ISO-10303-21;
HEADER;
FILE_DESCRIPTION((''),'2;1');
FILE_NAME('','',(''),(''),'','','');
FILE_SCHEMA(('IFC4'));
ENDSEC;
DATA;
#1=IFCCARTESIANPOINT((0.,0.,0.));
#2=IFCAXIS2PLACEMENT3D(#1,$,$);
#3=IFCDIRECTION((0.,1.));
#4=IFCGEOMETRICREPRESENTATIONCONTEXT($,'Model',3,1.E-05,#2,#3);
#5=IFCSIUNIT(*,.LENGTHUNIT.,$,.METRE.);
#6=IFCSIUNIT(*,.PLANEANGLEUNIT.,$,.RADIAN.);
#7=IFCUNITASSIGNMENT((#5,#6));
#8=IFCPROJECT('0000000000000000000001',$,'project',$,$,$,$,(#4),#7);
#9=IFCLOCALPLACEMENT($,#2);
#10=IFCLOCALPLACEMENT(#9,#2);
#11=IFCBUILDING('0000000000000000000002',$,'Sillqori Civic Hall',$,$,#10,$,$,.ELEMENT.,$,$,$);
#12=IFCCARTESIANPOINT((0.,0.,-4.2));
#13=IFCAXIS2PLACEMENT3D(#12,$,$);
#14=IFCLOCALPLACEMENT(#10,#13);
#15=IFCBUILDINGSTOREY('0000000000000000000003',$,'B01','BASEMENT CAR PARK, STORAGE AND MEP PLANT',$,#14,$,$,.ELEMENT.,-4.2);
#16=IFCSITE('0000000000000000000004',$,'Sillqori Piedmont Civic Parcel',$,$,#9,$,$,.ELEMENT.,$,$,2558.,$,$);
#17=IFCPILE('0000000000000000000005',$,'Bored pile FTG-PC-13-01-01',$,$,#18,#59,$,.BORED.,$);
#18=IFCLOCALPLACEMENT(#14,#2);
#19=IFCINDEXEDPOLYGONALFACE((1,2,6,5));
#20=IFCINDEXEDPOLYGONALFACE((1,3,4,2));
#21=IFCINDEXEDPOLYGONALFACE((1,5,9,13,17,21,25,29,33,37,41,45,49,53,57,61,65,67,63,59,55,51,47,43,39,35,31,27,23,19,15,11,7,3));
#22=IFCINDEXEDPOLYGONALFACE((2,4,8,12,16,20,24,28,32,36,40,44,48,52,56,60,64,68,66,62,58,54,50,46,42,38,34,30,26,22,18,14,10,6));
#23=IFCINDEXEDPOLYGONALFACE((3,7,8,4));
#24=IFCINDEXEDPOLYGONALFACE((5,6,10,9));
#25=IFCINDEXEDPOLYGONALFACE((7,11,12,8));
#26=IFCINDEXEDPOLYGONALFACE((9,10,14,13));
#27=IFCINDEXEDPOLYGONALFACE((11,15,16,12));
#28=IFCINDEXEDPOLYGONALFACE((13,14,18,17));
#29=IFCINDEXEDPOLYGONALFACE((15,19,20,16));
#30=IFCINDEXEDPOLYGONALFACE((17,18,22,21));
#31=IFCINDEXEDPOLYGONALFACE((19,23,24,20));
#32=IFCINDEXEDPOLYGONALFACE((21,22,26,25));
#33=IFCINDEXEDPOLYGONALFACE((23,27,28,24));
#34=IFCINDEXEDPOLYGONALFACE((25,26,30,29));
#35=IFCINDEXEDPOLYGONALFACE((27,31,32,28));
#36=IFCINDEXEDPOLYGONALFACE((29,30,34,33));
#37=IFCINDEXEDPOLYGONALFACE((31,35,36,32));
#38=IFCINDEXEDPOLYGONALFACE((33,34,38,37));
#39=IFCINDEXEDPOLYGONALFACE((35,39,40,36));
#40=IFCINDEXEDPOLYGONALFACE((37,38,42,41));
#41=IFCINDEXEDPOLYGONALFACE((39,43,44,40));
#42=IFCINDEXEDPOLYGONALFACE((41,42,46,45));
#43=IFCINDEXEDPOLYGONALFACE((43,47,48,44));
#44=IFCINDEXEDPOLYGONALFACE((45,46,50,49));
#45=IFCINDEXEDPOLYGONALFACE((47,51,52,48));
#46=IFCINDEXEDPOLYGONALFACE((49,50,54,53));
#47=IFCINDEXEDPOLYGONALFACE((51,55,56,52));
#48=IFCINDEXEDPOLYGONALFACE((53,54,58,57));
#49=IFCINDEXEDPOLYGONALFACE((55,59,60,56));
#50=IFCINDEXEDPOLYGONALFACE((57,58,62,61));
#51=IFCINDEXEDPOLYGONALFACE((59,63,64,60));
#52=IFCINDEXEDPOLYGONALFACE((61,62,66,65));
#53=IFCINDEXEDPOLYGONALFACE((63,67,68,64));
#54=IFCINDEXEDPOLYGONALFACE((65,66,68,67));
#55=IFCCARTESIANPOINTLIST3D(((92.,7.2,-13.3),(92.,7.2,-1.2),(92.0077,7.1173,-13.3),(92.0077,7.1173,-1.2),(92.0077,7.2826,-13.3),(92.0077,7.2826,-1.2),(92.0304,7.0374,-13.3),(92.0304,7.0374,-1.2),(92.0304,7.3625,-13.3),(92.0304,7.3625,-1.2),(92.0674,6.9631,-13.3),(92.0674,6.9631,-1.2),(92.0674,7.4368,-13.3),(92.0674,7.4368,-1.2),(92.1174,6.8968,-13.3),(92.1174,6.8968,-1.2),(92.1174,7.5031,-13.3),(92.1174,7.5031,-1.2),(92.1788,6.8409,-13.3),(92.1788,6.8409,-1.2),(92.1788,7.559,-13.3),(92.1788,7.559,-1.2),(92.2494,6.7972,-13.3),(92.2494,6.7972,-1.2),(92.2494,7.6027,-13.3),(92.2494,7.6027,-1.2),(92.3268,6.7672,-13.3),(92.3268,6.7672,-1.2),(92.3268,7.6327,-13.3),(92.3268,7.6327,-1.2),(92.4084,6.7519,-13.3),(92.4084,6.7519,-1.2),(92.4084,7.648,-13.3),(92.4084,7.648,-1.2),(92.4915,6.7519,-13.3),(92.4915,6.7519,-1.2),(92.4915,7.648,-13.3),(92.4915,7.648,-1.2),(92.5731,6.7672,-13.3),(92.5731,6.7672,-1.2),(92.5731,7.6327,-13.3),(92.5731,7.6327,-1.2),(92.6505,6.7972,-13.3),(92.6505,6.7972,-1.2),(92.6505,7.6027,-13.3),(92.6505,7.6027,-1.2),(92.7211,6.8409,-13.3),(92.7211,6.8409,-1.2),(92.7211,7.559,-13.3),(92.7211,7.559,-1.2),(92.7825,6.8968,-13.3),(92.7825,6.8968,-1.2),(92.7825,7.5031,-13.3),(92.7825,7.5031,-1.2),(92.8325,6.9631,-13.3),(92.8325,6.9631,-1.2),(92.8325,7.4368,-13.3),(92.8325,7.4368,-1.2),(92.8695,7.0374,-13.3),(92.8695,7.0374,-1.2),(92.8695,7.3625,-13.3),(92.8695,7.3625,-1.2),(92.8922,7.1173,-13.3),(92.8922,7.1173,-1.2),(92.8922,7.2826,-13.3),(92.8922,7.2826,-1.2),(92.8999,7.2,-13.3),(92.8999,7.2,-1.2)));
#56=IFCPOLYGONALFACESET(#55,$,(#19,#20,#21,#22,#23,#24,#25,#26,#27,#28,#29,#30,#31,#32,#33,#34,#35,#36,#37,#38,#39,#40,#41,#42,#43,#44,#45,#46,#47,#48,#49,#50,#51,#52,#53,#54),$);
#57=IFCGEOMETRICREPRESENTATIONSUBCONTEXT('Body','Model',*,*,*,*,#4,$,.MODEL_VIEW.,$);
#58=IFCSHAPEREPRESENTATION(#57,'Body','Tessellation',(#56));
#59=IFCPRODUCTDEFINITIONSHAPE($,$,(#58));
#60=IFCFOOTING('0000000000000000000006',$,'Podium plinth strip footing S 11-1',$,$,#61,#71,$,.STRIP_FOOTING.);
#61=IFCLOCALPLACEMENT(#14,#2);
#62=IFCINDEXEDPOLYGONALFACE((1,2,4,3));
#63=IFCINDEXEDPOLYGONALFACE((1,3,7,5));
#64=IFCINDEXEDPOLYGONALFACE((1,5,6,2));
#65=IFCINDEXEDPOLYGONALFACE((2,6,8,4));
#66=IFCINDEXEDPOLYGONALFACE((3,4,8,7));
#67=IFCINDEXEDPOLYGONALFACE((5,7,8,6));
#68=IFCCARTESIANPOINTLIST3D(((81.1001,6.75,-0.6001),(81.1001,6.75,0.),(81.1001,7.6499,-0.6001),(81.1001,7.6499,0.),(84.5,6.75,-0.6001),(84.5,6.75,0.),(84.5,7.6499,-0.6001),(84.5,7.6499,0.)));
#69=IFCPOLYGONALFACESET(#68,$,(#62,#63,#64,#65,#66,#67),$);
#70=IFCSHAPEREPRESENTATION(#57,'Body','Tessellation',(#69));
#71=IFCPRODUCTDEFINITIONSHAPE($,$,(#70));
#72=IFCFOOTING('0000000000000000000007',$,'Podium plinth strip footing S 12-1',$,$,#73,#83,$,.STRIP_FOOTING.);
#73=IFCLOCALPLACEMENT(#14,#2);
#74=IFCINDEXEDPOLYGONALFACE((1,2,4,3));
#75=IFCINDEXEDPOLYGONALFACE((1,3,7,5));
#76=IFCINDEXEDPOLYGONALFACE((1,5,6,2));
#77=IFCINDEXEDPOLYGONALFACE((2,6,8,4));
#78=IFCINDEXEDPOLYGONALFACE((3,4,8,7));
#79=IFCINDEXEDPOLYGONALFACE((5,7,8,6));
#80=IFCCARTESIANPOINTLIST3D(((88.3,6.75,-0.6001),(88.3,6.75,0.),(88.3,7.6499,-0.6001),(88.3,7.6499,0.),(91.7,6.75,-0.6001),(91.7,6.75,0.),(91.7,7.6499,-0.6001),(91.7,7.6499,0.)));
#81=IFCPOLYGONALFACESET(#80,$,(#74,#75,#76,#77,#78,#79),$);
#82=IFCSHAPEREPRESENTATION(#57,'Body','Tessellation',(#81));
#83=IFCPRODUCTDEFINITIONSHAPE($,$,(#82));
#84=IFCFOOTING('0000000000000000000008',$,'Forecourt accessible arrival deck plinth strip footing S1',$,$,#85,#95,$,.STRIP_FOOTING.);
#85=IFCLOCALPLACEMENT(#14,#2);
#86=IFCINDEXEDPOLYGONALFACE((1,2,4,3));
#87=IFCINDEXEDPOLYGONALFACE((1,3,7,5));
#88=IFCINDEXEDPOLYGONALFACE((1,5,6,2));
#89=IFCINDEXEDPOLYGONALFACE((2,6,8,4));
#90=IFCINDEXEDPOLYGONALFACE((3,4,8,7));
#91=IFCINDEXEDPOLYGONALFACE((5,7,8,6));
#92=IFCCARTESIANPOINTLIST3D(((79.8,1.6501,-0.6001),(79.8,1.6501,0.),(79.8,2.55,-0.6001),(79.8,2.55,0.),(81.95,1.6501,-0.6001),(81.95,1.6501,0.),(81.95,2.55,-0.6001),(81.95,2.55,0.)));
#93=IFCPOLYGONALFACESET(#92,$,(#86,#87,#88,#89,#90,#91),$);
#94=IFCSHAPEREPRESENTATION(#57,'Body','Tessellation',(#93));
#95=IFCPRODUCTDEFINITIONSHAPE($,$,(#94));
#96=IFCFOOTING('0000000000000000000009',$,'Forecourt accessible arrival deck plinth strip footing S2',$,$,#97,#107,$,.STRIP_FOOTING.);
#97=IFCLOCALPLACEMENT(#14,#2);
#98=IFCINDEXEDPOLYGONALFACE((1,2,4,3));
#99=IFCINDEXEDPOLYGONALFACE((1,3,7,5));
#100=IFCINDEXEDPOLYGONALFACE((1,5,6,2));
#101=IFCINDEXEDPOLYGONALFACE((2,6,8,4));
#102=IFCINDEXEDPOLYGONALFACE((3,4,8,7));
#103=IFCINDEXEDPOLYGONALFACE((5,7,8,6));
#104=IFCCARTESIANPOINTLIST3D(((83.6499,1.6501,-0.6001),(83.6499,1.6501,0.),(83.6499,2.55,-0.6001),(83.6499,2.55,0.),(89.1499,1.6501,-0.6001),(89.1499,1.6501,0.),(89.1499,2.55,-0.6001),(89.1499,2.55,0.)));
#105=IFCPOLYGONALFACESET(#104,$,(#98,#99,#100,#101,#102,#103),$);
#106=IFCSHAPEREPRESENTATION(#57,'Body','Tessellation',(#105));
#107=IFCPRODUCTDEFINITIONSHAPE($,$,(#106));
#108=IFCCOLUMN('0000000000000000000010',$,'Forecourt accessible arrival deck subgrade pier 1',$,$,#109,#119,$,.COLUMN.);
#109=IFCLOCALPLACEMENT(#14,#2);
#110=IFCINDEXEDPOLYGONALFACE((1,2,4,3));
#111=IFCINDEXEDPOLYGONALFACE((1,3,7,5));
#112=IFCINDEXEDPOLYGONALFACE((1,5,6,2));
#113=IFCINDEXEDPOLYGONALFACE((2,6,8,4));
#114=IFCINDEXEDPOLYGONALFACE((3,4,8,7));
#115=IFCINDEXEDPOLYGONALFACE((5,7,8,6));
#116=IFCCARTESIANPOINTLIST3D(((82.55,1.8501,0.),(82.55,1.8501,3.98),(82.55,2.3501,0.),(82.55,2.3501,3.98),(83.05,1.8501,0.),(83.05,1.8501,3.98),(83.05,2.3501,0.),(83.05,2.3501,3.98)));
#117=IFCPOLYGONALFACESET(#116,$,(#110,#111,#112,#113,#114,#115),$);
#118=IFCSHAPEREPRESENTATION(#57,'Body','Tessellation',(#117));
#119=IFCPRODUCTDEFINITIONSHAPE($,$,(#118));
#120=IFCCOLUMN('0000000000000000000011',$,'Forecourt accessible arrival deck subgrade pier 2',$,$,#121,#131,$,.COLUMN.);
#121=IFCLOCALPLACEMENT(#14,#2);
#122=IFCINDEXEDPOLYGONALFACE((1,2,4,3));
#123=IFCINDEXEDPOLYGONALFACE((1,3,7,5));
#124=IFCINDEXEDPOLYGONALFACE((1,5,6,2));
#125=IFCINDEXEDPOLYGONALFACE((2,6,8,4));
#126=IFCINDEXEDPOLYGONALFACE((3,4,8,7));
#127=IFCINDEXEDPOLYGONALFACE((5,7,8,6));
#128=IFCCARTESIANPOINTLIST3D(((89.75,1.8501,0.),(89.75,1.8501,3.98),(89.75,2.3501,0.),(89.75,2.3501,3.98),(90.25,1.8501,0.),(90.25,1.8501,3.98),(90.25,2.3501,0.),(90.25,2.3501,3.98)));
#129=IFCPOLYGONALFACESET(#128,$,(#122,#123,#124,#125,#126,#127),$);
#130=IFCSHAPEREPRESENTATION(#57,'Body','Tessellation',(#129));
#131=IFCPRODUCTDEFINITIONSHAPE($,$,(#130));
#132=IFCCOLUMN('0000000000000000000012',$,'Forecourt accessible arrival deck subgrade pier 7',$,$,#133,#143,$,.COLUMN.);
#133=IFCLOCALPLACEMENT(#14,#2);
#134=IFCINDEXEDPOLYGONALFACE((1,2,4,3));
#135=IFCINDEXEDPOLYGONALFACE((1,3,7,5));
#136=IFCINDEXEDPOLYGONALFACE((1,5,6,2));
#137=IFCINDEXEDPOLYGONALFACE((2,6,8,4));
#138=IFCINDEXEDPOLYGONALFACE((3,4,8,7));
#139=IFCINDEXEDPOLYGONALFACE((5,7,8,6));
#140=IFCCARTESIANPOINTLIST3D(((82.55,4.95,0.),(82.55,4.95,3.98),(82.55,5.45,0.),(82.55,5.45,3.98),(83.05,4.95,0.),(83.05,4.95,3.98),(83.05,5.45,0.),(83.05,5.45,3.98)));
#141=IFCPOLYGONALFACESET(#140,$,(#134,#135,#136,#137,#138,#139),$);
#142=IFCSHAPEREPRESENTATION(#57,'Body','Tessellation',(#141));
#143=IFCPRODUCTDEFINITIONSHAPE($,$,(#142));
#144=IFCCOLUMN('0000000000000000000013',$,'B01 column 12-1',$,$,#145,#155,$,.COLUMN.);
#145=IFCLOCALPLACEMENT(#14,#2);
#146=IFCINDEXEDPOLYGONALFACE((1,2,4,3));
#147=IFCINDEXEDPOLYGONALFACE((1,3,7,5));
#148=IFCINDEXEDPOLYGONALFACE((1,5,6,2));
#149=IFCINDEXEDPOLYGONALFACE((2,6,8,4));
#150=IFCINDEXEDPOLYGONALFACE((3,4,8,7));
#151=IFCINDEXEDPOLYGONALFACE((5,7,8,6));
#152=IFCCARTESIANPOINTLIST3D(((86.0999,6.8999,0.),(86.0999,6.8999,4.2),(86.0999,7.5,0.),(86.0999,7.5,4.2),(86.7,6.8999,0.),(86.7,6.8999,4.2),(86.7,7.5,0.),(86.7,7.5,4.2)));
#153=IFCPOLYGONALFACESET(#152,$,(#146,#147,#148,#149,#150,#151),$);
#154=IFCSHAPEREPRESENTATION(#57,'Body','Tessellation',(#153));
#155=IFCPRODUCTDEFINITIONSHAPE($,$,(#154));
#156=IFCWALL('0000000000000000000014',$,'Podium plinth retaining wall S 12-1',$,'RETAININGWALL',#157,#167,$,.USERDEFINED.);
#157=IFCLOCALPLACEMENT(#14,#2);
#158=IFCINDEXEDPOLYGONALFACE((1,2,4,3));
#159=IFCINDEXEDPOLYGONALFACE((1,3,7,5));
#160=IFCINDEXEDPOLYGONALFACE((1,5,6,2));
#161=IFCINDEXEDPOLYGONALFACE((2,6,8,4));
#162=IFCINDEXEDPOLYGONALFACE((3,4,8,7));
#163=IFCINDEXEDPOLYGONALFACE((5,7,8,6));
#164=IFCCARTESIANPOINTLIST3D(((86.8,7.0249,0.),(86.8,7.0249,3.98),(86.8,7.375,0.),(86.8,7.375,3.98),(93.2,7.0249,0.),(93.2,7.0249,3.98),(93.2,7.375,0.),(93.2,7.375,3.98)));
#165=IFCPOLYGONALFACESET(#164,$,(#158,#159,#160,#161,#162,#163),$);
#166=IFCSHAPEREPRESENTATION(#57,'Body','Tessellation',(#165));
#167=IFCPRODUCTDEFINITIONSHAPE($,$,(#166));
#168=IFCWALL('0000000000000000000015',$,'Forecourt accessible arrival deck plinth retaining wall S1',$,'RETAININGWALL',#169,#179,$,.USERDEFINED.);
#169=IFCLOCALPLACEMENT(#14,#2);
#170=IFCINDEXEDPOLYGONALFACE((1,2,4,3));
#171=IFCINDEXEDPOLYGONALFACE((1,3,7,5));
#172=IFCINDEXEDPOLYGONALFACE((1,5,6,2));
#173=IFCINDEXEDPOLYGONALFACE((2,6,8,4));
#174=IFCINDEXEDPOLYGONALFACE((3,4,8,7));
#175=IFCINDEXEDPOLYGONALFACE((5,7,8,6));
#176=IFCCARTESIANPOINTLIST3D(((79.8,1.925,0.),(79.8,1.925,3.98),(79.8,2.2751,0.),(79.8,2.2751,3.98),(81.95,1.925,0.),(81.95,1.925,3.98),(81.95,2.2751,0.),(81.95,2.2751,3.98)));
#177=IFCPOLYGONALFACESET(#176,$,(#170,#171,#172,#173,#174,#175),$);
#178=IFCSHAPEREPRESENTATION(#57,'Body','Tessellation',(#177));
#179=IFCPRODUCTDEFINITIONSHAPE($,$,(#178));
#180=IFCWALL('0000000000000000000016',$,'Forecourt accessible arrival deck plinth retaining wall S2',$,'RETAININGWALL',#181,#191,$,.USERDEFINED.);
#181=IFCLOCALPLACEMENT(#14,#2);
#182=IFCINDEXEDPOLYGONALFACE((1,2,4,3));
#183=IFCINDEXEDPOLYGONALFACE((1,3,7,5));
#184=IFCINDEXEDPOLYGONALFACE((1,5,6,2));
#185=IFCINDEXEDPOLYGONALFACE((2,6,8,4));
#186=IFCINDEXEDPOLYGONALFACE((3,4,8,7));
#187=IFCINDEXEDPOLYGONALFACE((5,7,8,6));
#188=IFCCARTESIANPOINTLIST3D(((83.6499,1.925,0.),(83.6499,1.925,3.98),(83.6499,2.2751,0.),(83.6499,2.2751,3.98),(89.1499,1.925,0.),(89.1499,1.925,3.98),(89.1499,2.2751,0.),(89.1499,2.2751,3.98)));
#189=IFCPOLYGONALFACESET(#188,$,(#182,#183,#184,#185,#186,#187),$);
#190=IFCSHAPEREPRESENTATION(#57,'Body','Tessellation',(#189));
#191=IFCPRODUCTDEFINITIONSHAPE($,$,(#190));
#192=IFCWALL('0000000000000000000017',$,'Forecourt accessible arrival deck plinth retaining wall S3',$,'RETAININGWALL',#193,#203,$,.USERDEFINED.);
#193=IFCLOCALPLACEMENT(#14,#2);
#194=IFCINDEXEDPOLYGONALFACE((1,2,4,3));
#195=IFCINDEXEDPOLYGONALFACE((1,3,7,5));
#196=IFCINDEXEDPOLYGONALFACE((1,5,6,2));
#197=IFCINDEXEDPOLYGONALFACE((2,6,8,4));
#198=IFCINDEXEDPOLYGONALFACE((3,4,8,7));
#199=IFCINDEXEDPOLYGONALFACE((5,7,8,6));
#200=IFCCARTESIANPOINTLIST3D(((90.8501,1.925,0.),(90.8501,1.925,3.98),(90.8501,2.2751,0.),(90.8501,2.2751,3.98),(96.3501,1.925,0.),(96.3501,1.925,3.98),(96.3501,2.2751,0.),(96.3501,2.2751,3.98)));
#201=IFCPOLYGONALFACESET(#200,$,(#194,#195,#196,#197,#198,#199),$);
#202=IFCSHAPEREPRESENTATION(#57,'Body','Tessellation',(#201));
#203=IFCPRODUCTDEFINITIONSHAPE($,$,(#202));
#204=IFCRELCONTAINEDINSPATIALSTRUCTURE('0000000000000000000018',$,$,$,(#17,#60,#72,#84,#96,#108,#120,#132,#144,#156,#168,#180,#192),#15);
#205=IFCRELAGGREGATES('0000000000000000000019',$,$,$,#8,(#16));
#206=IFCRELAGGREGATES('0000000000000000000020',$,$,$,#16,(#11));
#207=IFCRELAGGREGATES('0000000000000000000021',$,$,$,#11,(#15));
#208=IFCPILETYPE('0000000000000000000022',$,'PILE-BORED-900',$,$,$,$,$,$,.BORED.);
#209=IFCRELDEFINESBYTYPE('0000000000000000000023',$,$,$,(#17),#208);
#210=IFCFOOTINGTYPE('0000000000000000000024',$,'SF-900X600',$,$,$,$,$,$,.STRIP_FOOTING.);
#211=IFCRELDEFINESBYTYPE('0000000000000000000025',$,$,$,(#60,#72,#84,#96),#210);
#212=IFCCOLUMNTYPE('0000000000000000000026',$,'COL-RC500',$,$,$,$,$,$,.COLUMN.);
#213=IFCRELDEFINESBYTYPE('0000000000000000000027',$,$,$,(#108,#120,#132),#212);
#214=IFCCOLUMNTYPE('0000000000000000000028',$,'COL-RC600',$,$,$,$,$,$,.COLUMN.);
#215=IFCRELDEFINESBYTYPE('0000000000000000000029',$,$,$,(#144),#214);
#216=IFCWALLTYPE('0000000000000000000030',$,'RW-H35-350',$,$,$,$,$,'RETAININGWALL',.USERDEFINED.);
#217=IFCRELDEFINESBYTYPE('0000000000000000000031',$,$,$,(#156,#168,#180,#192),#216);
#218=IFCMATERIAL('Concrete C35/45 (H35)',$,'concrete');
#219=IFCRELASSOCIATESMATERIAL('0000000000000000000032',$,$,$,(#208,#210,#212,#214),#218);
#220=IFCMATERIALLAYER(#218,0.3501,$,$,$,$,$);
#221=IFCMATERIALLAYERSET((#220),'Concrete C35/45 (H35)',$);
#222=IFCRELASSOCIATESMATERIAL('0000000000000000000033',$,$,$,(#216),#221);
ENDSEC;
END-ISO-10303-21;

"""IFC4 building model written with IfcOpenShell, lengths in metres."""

from ifc_helpers import new_model, si_unit, direction, frame, frame_2d, origin, origin_2d, place, context, subcontext, project, spatial, rectangle, circle, extrude, material, layer, layer_set, material_profile, profile_set, type_object, element, save


model = new_model("IFC4")

# Units and contexts
model_context = context("Model", 3, precision=1e-05, world=origin(), true_north=direction((0.0, 1.0)))
body_context = subcontext(model_context, "Body", "Model", "MODEL_VIEW")
ifc_project = project(units=[si_unit("LENGTHUNIT", "METRE"), si_unit("PLANEANGLEUNIT", "RADIAN")], contexts=[model_context])

# Site, building, storey
site_placement = place(None, origin())
site = spatial("IfcSite", under=ifc_project, at=site_placement, Name="Sillqori Piedmont Civic Parcel", CompositionType="ELEMENT", RefElevation=2558.0)
building_placement = place(site_placement, origin())
building = spatial("IfcBuilding", under=site, at=building_placement, Name="Sillqori Civic Hall", CompositionType="ELEMENT")
storey_placement = place(building_placement, frame((0.0, 0.0, -4.2)))
storey = spatial("IfcBuildingStorey", under=building, at=storey_placement, Name="B01", Description="BASEMENT CAR PARK, STORAGE AND MEP PLANT", CompositionType="ELEMENT", Elevation=-4.2)

# Shared definitions
ifc_material = material(Name="Concrete C35/45 (H35)", Category="concrete")

# Pile
ifc_material_profile_1 = material_profile(ifc_material, circle(Radius=0.45, at=origin_2d()), Name="BORED PILE 900")
ifc_profile_set_1 = profile_set([ifc_material_profile_1], Name="Concrete C35/45 (H35)")
pile_type = type_object("IfcPileType", Name="PILE-BORED-900", PredefinedType="BORED", material=ifc_profile_set_1)
for number, where, z_axis, x_axis, name in (
    (1, (92.45, 7.2, -1.2), (0.0, 0.0, -1.0), (1.0, 0.0, 0.0), "Bored pile FTG-PC-13-01-01"),
):
    element("IfcPile", number, at=place(storey_placement, frame(where, z_axis=z_axis, x_axis=x_axis)), inside=storey, type_object=pile_type, Name=name, PredefinedType="BORED", context=body_context, shape_type="SweptSolid", body=[
        extrude(circle(Radius=0.45, at=origin_2d()), origin(), (0.0, 0.0, 1.0), 12.1001),
    ])

# Footings
footing_type_1 = type_object("IfcFootingType", Name="SF-900X600", PredefinedType="STRIP_FOOTING", material=ifc_material)
for number, where, z_axis, x_axis, name in (
    (2, (82.8, 7.2, -0.6001), (0.0, 0.0, 1.0), (1.0, 0.0, 0.0), "Podium plinth strip footing S 11-1"),
    (3, (90.0, 7.2, -0.6001), (0.0, 0.0, 1.0), (1.0, 0.0, 0.0), "Podium plinth strip footing S 12-1"),
):
    element("IfcFooting", number, at=place(storey_placement, frame(where, z_axis=z_axis, x_axis=x_axis)), inside=storey, type_object=footing_type_1, Name=name, PredefinedType="STRIP_FOOTING", context=body_context, shape_type="SweptSolid", body=[
        extrude(rectangle(XDim=3.3999, YDim=0.8999, at=origin_2d()), origin(), (0.0, 0.0, 1.0), 0.6001),
    ])
footing_1_placement = place(storey_placement, frame((80.875, 2.1001, -0.6001), z_axis=(0.0, 0.0, 1.0), x_axis=(1.0, 0.0, 0.0)))
element("IfcFooting", 4, at=footing_1_placement, inside=storey, type_object=footing_type_1, Name="Forecourt accessible arrival deck plinth strip footing S1", PredefinedType="STRIP_FOOTING", context=body_context, shape_type="SweptSolid", body=[
    extrude(rectangle(XDim=2.1499, YDim=0.8999, at=origin_2d()), origin(), (0.0, 0.0, 1.0), 0.6001),
])
footing_2_placement = place(storey_placement, frame((86.3999, 2.1001, -0.6001), z_axis=(0.0, 0.0, 1.0), x_axis=(1.0, 0.0, 0.0)))
element("IfcFooting", 5, at=footing_2_placement, inside=storey, type_object=footing_type_1, Name="Forecourt accessible arrival deck plinth strip footing S2", PredefinedType="STRIP_FOOTING", context=body_context, shape_type="SweptSolid", body=[
    extrude(rectangle(XDim=5.5, YDim=0.8999, at=origin_2d()), origin(), (0.0, 0.0, 1.0), 0.6001),
])

# Columns
ifc_material_profile_2 = material_profile(ifc_material, rectangle(XDim=0.5, YDim=0.5, at=origin_2d()), Name="RC 500x500")
ifc_profile_set_2 = profile_set([ifc_material_profile_2], Name="Concrete C35/45 (H35)")
column_type_1 = type_object("IfcColumnType", Name="COL-RC500", PredefinedType="COLUMN", material=ifc_profile_set_2)
for number, where, z_axis, x_axis, name in (
    (6, (82.8, 2.1001, 0.0), (0.0, 0.0, 1.0), (1.0, 0.0, 0.0), "Forecourt accessible arrival deck subgrade pier 1"),
    (7, (90.0, 2.1001, 0.0), (0.0, 0.0, 1.0), (1.0, 0.0, 0.0), "Forecourt accessible arrival deck subgrade pier 2"),
    (8, (82.8, 5.2, 0.0), (0.0, 0.0, 1.0), (1.0, 0.0, 0.0), "Forecourt accessible arrival deck subgrade pier 7"),
):
    element("IfcColumn", number, at=place(storey_placement, frame(where, z_axis=z_axis, x_axis=x_axis)), inside=storey, type_object=column_type_1, Name=name, PredefinedType="COLUMN", context=body_context, shape_type="SweptSolid", body=[
        extrude(rectangle(XDim=0.5, YDim=0.5, at=origin_2d()), origin(), (0.0, 0.0, 1.0), 3.98),
    ])
ifc_material_profile_3 = material_profile(ifc_material, rectangle(XDim=0.6001, YDim=0.6001, at=origin_2d()), Name="RC 600x600")
ifc_profile_set_3 = profile_set([ifc_material_profile_3], Name="Concrete C35/45 (H35)")
column_type_2 = type_object("IfcColumnType", Name="COL-RC600", PredefinedType="COLUMN", material=ifc_profile_set_3)
column_placement = place(storey_placement, frame((86.3999, 7.2, 0.0), z_axis=(0.0, 0.0, 1.0), x_axis=(1.0, 0.0, 0.0)))
element("IfcColumn", 9, at=column_placement, inside=storey, type_object=column_type_2, Name="B01 column 12-1", PredefinedType="COLUMN", context=body_context, shape_type="SweptSolid", body=[
    extrude(rectangle(XDim=0.6001, YDim=0.6001, at=origin_2d()), origin(), (0.0, 0.0, 1.0), 4.2),
])

# Walls
ifc_layer = layer(ifc_material, 0.3501)
ifc_layer_set = layer_set([ifc_layer], Name="Concrete C35/45 (H35)")
wall_type = type_object("IfcWallType", Name="RW-H35-350", ElementType="RETAININGWALL", PredefinedType="USERDEFINED", material=ifc_layer_set)
wall_1_placement = place(storey_placement, frame((86.8, 7.2, 0.0), z_axis=(0.0, 0.0, 1.0), x_axis=(1.0, 0.0, 0.0)))
element("IfcWall", 10, at=wall_1_placement, inside=storey, type_object=wall_type, Name="Podium plinth retaining wall S 12-1", ObjectType="RETAININGWALL", PredefinedType="USERDEFINED", context=body_context, shape_type="SweptSolid", body=[
    extrude(rectangle(XDim=6.3999, YDim=0.3501, at=frame_2d((3.2, 0.0))), origin(), (0.0, 0.0, 1.0), 3.98),
])
wall_2_placement = place(storey_placement, frame((79.8, 2.1001, 0.0), z_axis=(0.0, 0.0, 1.0), x_axis=(1.0, 0.0, 0.0)))
element("IfcWall", 11, at=wall_2_placement, inside=storey, type_object=wall_type, Name="Forecourt accessible arrival deck plinth retaining wall S1", ObjectType="RETAININGWALL", PredefinedType="USERDEFINED", context=body_context, shape_type="SweptSolid", body=[
    extrude(rectangle(XDim=2.1499, YDim=0.3501, at=frame_2d((1.075, 0.0))), origin(), (0.0, 0.0, 1.0), 3.98),
])
for number, where, z_axis, x_axis, name in (
    (12, (83.6499, 2.1001, 0.0), (0.0, 0.0, 1.0), (1.0, 0.0, 0.0), "Forecourt accessible arrival deck plinth retaining wall S2"),
    (13, (90.8501, 2.1001, 0.0), (0.0, 0.0, 1.0), (1.0, 0.0, 0.0), "Forecourt accessible arrival deck plinth retaining wall S3"),
):
    element("IfcWall", number, at=place(storey_placement, frame(where, z_axis=z_axis, x_axis=x_axis)), inside=storey, type_object=wall_type, Name=name, ObjectType="RETAININGWALL", PredefinedType="USERDEFINED", context=body_context, shape_type="SweptSolid", body=[
        extrude(rectangle(XDim=5.5, YDim=0.3501, at=frame_2d((2.75, 0.0))), origin(), (0.0, 0.0, 1.0), 3.98),
    ])

save(model, "model.ifc")
